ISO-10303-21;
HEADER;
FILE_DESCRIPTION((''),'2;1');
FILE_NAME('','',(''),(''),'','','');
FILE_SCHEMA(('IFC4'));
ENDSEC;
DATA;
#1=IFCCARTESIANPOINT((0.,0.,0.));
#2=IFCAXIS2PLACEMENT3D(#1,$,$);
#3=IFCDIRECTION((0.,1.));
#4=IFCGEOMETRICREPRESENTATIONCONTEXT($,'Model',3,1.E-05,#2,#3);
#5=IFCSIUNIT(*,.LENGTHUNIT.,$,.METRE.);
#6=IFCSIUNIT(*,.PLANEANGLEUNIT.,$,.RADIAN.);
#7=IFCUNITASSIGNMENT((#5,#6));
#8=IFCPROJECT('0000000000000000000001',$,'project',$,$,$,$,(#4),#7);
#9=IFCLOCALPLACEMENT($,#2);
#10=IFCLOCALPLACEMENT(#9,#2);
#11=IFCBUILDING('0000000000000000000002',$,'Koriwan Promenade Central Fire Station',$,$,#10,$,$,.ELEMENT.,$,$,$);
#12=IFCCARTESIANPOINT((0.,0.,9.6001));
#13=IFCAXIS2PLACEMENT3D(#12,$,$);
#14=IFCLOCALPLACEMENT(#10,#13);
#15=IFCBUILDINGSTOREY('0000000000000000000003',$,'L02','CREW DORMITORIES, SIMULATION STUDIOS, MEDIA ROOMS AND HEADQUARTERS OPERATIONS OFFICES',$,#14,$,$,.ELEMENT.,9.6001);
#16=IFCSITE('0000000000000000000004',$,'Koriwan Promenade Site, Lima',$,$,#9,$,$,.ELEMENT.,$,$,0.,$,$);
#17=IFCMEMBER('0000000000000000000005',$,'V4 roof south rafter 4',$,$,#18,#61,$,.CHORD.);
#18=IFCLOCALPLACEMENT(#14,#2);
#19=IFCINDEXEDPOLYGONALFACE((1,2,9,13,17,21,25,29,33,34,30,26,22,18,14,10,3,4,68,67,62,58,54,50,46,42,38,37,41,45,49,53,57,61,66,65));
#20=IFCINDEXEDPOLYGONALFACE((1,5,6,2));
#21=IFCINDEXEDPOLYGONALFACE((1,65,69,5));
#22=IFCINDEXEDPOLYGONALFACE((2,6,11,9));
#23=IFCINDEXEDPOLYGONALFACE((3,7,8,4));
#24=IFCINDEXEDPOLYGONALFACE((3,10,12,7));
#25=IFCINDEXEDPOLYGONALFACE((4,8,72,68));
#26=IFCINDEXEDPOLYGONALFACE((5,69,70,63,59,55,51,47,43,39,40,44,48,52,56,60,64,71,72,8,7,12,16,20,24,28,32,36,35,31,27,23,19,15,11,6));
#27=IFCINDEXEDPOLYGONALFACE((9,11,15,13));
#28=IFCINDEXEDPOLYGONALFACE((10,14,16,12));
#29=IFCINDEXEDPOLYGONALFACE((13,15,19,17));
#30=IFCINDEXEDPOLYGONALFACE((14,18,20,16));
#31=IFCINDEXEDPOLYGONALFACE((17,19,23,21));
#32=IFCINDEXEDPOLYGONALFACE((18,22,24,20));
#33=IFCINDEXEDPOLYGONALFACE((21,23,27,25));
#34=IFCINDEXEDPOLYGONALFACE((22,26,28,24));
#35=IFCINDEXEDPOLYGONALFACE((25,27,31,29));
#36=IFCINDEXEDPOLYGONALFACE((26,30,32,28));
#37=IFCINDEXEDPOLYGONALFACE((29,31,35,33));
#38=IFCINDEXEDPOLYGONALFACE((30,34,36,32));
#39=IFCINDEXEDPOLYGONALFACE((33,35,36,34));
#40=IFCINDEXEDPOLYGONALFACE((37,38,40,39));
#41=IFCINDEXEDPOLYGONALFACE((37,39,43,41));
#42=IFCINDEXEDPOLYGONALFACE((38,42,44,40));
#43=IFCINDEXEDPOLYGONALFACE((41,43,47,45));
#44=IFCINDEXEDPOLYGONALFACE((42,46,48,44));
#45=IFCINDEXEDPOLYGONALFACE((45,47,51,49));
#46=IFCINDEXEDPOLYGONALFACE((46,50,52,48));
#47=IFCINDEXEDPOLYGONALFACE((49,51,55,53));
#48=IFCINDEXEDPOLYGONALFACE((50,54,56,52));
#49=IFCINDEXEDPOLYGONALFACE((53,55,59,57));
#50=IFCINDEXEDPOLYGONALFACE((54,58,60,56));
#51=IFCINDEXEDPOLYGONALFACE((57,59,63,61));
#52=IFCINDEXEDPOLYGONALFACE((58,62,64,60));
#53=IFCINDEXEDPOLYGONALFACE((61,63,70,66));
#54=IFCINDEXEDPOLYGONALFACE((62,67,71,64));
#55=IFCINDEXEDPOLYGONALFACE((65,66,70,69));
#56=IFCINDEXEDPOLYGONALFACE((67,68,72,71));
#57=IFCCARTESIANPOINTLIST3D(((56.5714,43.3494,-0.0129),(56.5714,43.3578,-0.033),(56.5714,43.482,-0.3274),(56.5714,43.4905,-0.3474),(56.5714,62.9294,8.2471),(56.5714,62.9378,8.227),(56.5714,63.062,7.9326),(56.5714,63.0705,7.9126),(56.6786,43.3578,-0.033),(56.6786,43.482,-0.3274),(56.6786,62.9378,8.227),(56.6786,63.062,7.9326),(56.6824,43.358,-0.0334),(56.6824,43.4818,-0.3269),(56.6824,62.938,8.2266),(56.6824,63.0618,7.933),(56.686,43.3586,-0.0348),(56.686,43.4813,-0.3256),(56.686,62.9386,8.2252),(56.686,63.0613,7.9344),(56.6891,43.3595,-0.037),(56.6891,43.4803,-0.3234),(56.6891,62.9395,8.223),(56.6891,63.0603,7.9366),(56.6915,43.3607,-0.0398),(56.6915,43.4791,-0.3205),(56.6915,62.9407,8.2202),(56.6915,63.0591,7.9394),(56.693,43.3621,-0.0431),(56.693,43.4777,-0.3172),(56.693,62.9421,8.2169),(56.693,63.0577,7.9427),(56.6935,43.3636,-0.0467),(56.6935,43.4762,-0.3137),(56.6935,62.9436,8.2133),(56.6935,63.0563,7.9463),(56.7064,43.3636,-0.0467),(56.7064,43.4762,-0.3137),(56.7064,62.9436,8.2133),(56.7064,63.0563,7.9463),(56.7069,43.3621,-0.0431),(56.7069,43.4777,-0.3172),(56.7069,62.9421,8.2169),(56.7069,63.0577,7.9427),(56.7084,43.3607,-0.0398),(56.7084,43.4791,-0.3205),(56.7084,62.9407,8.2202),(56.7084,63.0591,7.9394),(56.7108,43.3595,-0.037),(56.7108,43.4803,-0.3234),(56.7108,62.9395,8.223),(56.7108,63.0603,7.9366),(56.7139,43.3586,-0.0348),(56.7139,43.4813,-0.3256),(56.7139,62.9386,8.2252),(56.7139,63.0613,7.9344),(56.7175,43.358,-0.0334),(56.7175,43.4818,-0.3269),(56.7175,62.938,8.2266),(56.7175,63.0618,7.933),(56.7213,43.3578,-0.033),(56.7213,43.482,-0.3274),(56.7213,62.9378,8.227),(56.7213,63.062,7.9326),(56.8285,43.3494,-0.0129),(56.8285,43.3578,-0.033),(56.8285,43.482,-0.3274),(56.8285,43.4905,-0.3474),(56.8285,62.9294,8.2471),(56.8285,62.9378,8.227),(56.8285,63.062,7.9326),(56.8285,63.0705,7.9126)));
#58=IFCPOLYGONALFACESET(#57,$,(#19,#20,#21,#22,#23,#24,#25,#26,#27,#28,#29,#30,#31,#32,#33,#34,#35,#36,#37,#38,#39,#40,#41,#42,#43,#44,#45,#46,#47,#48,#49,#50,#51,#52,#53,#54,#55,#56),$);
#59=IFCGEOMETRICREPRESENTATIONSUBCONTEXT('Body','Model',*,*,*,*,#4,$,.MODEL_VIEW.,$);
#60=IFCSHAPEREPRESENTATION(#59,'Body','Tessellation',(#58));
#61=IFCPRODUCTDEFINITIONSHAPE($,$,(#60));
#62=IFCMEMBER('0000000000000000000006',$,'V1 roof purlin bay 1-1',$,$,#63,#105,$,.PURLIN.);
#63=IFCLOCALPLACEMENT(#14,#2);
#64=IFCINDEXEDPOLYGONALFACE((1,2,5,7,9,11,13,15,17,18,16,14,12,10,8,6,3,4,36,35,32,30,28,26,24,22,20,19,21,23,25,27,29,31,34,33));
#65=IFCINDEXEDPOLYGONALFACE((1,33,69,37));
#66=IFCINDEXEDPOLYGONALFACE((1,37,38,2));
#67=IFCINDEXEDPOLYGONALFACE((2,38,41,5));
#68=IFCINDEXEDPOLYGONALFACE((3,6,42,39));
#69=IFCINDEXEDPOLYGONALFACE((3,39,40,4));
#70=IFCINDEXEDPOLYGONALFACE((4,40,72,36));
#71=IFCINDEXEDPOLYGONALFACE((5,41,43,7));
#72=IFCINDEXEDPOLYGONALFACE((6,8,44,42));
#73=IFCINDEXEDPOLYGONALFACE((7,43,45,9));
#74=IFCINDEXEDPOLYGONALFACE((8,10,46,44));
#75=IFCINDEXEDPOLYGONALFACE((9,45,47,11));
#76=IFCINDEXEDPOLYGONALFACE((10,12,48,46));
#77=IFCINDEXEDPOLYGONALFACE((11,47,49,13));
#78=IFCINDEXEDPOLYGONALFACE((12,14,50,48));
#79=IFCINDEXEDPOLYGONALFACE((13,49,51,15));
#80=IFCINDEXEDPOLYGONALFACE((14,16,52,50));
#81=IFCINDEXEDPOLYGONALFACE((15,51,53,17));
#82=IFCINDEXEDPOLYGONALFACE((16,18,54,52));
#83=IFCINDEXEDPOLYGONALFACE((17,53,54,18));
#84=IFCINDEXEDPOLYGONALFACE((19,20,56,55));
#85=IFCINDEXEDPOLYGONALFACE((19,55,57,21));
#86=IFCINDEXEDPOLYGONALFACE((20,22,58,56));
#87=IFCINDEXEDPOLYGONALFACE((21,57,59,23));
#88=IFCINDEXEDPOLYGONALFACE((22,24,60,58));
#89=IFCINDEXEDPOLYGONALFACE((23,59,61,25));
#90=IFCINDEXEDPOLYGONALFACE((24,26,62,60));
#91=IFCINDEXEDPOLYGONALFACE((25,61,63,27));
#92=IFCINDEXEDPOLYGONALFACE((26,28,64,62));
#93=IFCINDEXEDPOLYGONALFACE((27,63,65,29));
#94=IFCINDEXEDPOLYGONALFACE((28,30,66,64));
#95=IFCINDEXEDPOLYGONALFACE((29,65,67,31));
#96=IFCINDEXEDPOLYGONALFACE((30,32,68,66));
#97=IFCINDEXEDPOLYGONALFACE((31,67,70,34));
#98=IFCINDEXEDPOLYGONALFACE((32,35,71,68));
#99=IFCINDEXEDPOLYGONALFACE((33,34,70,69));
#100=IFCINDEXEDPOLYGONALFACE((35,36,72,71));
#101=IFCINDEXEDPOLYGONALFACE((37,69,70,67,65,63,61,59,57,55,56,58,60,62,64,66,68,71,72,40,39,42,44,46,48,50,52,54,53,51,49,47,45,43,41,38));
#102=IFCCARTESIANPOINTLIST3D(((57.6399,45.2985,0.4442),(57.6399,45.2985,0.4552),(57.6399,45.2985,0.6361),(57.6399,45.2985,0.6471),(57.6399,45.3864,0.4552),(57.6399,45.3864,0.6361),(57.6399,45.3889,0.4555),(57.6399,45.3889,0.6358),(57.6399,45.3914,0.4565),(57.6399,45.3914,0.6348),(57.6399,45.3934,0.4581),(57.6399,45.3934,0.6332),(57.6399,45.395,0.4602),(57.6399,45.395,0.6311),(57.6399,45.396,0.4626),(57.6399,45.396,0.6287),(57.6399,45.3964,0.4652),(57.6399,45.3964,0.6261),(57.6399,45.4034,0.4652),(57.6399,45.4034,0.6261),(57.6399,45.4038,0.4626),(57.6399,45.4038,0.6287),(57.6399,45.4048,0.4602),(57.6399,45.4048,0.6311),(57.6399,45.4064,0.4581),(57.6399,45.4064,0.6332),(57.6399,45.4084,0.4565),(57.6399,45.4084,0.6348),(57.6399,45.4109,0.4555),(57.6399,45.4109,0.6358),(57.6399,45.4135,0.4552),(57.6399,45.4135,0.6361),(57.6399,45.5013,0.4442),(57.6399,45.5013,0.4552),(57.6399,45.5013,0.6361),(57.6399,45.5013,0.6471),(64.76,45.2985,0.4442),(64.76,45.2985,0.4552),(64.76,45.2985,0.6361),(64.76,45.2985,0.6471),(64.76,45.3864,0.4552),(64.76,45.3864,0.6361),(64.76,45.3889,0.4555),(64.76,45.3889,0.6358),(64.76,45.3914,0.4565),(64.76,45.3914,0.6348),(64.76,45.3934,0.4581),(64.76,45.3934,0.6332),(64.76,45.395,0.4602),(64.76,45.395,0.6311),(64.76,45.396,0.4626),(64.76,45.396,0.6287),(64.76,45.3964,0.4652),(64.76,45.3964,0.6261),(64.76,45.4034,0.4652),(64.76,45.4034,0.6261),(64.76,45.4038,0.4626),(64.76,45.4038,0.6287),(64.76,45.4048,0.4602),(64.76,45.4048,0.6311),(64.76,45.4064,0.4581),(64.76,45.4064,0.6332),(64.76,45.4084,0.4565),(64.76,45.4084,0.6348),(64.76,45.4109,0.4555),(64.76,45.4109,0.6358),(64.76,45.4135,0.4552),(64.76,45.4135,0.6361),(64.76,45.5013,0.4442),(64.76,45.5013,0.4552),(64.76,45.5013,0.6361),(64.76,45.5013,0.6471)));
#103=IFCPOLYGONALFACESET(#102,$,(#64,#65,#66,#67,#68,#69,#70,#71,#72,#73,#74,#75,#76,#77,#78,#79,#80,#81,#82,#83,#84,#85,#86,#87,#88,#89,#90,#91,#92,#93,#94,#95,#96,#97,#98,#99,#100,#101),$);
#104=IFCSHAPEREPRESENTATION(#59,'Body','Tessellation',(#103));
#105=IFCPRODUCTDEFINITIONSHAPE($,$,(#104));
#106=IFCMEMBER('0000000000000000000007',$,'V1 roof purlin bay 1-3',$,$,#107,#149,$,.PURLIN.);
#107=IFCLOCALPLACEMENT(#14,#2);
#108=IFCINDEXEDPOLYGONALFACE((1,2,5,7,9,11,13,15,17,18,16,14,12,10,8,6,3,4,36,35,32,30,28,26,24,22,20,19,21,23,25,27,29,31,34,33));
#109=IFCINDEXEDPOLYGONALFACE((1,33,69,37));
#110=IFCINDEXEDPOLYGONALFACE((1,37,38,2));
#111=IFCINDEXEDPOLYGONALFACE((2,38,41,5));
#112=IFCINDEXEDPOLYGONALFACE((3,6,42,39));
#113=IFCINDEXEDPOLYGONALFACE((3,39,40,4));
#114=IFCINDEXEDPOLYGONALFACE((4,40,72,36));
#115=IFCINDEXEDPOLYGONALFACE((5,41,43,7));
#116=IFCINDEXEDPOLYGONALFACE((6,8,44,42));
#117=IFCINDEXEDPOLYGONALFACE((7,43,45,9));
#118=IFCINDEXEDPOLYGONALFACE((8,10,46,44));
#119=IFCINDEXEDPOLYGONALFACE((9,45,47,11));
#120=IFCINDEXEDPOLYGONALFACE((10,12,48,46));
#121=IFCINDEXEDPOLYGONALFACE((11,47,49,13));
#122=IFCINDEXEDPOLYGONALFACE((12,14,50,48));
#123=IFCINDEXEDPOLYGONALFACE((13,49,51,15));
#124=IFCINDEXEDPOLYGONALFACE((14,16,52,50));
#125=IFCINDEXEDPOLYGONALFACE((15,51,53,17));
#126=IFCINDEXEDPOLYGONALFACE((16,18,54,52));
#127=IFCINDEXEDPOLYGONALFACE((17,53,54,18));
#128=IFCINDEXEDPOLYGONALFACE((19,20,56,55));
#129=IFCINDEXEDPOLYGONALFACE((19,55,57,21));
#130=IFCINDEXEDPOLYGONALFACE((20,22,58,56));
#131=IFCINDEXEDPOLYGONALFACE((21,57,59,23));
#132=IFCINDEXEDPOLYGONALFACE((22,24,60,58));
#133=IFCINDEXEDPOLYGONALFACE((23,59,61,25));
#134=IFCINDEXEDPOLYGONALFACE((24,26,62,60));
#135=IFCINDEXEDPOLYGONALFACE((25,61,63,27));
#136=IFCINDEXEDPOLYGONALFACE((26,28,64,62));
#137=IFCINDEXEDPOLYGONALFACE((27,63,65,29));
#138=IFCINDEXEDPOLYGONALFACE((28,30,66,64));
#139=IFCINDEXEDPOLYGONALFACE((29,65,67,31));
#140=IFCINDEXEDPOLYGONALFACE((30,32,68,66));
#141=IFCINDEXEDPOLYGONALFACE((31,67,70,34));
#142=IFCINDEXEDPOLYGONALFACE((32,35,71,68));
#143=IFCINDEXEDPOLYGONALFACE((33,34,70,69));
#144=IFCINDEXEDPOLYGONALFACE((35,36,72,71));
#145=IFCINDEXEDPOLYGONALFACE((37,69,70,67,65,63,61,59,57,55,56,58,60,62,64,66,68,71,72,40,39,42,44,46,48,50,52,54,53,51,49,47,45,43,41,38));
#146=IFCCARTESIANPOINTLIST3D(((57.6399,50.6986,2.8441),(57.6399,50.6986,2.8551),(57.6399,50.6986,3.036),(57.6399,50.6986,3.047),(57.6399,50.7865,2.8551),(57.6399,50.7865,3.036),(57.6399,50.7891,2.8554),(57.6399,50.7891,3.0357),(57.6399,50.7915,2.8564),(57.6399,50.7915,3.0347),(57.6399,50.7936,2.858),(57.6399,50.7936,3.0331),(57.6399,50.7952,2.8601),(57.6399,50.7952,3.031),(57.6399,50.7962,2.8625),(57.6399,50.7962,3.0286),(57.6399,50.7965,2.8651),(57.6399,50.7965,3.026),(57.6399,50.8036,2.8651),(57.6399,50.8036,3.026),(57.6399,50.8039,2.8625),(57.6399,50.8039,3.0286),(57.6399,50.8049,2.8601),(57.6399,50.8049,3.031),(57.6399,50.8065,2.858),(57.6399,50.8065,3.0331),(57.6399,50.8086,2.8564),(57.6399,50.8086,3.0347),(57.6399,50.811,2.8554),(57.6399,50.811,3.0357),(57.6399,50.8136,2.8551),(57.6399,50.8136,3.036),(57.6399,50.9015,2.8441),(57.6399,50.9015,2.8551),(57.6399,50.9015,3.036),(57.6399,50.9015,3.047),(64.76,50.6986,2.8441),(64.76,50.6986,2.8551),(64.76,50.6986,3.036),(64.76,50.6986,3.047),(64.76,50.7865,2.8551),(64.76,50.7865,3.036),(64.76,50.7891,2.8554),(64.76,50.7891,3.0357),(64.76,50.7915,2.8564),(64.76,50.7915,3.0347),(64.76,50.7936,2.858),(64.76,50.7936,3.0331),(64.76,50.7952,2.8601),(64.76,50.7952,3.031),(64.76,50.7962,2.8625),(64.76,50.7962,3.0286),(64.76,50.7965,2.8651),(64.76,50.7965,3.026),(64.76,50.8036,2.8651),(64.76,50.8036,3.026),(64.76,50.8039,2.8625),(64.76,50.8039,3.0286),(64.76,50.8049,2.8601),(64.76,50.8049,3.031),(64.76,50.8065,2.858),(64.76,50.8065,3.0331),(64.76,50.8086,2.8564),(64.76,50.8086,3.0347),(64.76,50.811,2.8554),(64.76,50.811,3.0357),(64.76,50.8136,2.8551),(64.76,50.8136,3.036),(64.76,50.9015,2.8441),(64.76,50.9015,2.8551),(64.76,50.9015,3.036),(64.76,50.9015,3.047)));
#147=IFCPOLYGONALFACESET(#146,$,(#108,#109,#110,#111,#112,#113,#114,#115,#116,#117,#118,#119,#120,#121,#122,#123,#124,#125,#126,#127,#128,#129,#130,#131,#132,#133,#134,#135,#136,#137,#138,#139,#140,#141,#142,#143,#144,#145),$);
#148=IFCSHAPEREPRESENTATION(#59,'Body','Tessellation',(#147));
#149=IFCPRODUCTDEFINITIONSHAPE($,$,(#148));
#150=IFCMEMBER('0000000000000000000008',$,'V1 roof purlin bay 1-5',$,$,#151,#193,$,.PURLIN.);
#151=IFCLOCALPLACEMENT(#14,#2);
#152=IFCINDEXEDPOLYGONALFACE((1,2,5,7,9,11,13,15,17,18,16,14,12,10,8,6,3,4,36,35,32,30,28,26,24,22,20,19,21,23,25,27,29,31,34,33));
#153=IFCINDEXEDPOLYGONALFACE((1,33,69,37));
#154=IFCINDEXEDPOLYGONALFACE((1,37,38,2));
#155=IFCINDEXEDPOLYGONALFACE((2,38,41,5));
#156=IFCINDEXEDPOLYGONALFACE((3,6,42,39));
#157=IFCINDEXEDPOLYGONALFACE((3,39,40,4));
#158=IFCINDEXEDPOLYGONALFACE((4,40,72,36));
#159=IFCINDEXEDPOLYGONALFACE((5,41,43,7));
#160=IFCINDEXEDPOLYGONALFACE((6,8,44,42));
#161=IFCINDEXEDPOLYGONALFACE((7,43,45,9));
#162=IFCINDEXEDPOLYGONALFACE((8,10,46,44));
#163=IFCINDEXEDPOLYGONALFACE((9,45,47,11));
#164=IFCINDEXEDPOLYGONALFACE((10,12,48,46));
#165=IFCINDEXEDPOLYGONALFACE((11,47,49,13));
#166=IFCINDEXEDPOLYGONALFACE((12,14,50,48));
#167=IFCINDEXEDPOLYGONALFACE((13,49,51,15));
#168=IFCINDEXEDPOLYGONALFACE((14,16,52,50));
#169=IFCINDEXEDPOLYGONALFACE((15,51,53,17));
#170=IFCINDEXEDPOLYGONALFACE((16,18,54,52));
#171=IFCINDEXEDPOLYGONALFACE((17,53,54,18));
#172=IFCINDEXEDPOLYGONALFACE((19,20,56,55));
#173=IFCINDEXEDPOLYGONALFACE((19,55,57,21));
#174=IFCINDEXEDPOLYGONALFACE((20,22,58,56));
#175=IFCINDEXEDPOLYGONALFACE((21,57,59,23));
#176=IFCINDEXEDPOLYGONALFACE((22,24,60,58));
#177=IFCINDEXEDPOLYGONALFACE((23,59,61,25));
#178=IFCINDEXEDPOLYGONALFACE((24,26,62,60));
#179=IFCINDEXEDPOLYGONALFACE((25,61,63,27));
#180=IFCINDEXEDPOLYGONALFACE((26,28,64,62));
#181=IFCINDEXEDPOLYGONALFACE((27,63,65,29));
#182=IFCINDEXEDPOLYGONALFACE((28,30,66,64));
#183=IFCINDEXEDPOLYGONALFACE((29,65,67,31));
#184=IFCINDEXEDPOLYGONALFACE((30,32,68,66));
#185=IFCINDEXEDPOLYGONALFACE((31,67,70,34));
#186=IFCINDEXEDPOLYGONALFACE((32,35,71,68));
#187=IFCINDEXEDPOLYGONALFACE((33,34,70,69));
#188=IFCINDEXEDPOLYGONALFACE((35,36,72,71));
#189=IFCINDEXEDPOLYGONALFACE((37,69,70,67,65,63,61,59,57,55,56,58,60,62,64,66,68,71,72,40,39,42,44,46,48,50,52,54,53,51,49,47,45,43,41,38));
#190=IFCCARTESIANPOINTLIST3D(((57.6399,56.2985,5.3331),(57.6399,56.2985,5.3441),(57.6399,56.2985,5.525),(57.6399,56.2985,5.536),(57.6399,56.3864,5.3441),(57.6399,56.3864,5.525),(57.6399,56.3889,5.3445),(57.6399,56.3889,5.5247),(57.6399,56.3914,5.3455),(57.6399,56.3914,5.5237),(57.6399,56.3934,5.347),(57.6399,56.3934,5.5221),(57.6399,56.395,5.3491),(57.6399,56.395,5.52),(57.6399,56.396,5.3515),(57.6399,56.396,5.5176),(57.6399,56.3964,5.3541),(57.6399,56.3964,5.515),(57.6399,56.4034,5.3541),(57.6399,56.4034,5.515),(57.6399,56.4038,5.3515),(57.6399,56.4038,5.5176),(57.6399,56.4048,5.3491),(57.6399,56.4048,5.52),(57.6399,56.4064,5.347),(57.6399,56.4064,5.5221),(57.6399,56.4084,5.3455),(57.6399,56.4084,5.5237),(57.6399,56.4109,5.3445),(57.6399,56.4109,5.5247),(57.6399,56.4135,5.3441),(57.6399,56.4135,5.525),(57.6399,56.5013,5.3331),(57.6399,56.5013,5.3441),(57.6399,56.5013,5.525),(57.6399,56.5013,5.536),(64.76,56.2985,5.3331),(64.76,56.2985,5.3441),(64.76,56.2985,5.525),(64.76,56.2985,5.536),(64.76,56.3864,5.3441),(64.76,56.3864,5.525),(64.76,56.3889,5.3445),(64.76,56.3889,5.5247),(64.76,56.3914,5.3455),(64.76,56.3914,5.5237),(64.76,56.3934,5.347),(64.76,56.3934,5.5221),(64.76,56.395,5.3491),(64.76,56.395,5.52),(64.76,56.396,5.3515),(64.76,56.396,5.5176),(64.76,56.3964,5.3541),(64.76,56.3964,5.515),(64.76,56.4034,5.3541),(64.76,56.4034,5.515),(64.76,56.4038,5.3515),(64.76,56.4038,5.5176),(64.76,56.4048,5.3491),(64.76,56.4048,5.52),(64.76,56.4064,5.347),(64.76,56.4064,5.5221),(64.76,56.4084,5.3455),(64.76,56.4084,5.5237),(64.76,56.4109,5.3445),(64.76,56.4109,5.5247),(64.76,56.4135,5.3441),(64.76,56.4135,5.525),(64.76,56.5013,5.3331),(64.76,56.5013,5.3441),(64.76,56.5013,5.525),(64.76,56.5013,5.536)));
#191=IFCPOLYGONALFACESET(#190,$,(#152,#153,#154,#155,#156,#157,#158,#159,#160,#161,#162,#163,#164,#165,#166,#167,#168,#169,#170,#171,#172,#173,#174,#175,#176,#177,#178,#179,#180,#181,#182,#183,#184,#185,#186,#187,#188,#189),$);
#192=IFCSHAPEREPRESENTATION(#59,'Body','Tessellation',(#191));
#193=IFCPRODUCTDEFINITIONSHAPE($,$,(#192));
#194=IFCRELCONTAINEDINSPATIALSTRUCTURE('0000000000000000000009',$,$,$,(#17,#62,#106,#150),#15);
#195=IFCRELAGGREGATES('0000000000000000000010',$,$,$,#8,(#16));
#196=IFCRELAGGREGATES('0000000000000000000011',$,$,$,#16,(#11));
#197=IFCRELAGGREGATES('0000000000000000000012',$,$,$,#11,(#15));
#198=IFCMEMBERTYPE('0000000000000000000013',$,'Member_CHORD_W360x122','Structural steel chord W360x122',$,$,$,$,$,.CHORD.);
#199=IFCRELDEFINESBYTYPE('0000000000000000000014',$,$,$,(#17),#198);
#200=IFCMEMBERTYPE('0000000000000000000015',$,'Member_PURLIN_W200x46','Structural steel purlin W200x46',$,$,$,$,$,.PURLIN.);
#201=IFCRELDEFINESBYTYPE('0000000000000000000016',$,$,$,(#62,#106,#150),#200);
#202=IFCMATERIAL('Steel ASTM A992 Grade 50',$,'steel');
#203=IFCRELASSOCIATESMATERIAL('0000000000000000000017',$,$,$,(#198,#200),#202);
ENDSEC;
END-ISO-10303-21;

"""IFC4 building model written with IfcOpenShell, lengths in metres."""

from ifc_helpers import new_model, si_unit, direction, frame, origin, origin_2d, place, context, subcontext, project, spatial, i_section, extrude, material, material_profile, profile_set, type_object, element, save


model = new_model("IFC4")

# Units and contexts
model_context = context("Model", 3, precision=1e-05, world=origin(), true_north=direction((0.0, 1.0)))
body_context = subcontext(model_context, "Body", "Model", "MODEL_VIEW")
ifc_project = project(units=[si_unit("LENGTHUNIT", "METRE"), si_unit("PLANEANGLEUNIT", "RADIAN")], contexts=[model_context])

# Site, building, storey
site_placement = place(None, origin())
site = spatial("IfcSite", under=ifc_project, at=site_placement, Name="Koriwan Promenade Site, Lima", CompositionType="ELEMENT", RefElevation=0.0)
building_placement = place(site_placement, origin())
building = spatial("IfcBuilding", under=site, at=building_placement, Name="Koriwan Promenade Central Fire Station", CompositionType="ELEMENT")
storey_placement = place(building_placement, frame((0.0, 0.0, 9.6001)))
storey = spatial("IfcBuildingStorey", under=building, at=storey_placement, Name="L02", Description="CREW DORMITORIES, SIMULATION STUDIOS, MEDIA ROOMS AND HEADQUARTERS OPERATIONS OFFICES", CompositionType="ELEMENT", Elevation=9.6001)

# Members
ifc_material_1 = material(Name="Steel ASTM A992 Grade 50", Category="steel")
ifc_material_profile_1 = material_profile(ifc_material_1, i_section(OverallWidth=0.2571, OverallDepth=0.363, WebThickness=0.0129, FlangeThickness=0.0217, FilletRadius=0.0149, at=origin_2d()), Name="W360x122")
ifc_profile_set_1 = profile_set([ifc_material_profile_1], Name="Steel ASTM A992 Grade 50")
member_type_1 = type_object("IfcMemberType", Name="Member_CHORD_W360x122", Description="Structural steel chord W360x122", PredefinedType="CHORD", material=ifc_profile_set_1)
member_1_placement = place(storey_placement, frame((56.7, 43.4199, -0.1802), z_axis=(0.0, 0.92137, 0.388687), x_axis=(-1.0, 0.0, 0.0)))
element("IfcMember", 1, at=member_1_placement, inside=storey, type_object=member_type_1, Name="V4 roof south rafter 4", PredefinedType="CHORD", context=body_context, shape_type="SweptSolid", body=[
    extrude(i_section(OverallWidth=0.2571, OverallDepth=0.363, WebThickness=0.0129, FlangeThickness=0.0217, FilletRadius=0.0149, at=origin_2d()), origin(), (0.0, 0.0, 1.0), 21.251),
])
ifc_material_profile_2 = material_profile(ifc_material_1, i_section(OverallWidth=0.2029, OverallDepth=0.2029, WebThickness=0.0071, FlangeThickness=0.011, FilletRadius=0.01, at=origin_2d()), Name="W200x46")
ifc_profile_set_2 = profile_set([ifc_material_profile_2], Name="Steel ASTM A992 Grade 50")
member_type_2 = type_object("IfcMemberType", Name="Member_PURLIN_W200x46", Description="Structural steel purlin W200x46", PredefinedType="PURLIN", material=ifc_profile_set_2)
for number, where, z_axis, x_axis, name in (
    (2, (57.6399, 45.3999, 0.5457), (1.0, 0.0, 0.0), (0.0, 1.0, 0.0), "V1 roof purlin bay 1-1"),
    (3, (57.6399, 50.8, 2.9456), (1.0, 0.0, 0.0), (0.0, 1.0, 0.0), "V1 roof purlin bay 1-3"),
    (4, (57.6399, 56.3999, 5.4346), (1.0, 0.0, 0.0), (0.0, 1.0, 0.0), "V1 roof purlin bay 1-5"),
):
    element("IfcMember", number, at=place(storey_placement, frame(where, z_axis=z_axis, x_axis=x_axis)), inside=storey, type_object=member_type_2, Name=name, PredefinedType="PURLIN", context=body_context, shape_type="SweptSolid", body=[
        extrude(i_section(OverallWidth=0.2029, OverallDepth=0.2029, WebThickness=0.0071, FlangeThickness=0.011, FilletRadius=0.01, at=origin_2d()), origin(), (0.0, 0.0, 1.0), 7.1201),
    ])

save(model, "model.ifc")
